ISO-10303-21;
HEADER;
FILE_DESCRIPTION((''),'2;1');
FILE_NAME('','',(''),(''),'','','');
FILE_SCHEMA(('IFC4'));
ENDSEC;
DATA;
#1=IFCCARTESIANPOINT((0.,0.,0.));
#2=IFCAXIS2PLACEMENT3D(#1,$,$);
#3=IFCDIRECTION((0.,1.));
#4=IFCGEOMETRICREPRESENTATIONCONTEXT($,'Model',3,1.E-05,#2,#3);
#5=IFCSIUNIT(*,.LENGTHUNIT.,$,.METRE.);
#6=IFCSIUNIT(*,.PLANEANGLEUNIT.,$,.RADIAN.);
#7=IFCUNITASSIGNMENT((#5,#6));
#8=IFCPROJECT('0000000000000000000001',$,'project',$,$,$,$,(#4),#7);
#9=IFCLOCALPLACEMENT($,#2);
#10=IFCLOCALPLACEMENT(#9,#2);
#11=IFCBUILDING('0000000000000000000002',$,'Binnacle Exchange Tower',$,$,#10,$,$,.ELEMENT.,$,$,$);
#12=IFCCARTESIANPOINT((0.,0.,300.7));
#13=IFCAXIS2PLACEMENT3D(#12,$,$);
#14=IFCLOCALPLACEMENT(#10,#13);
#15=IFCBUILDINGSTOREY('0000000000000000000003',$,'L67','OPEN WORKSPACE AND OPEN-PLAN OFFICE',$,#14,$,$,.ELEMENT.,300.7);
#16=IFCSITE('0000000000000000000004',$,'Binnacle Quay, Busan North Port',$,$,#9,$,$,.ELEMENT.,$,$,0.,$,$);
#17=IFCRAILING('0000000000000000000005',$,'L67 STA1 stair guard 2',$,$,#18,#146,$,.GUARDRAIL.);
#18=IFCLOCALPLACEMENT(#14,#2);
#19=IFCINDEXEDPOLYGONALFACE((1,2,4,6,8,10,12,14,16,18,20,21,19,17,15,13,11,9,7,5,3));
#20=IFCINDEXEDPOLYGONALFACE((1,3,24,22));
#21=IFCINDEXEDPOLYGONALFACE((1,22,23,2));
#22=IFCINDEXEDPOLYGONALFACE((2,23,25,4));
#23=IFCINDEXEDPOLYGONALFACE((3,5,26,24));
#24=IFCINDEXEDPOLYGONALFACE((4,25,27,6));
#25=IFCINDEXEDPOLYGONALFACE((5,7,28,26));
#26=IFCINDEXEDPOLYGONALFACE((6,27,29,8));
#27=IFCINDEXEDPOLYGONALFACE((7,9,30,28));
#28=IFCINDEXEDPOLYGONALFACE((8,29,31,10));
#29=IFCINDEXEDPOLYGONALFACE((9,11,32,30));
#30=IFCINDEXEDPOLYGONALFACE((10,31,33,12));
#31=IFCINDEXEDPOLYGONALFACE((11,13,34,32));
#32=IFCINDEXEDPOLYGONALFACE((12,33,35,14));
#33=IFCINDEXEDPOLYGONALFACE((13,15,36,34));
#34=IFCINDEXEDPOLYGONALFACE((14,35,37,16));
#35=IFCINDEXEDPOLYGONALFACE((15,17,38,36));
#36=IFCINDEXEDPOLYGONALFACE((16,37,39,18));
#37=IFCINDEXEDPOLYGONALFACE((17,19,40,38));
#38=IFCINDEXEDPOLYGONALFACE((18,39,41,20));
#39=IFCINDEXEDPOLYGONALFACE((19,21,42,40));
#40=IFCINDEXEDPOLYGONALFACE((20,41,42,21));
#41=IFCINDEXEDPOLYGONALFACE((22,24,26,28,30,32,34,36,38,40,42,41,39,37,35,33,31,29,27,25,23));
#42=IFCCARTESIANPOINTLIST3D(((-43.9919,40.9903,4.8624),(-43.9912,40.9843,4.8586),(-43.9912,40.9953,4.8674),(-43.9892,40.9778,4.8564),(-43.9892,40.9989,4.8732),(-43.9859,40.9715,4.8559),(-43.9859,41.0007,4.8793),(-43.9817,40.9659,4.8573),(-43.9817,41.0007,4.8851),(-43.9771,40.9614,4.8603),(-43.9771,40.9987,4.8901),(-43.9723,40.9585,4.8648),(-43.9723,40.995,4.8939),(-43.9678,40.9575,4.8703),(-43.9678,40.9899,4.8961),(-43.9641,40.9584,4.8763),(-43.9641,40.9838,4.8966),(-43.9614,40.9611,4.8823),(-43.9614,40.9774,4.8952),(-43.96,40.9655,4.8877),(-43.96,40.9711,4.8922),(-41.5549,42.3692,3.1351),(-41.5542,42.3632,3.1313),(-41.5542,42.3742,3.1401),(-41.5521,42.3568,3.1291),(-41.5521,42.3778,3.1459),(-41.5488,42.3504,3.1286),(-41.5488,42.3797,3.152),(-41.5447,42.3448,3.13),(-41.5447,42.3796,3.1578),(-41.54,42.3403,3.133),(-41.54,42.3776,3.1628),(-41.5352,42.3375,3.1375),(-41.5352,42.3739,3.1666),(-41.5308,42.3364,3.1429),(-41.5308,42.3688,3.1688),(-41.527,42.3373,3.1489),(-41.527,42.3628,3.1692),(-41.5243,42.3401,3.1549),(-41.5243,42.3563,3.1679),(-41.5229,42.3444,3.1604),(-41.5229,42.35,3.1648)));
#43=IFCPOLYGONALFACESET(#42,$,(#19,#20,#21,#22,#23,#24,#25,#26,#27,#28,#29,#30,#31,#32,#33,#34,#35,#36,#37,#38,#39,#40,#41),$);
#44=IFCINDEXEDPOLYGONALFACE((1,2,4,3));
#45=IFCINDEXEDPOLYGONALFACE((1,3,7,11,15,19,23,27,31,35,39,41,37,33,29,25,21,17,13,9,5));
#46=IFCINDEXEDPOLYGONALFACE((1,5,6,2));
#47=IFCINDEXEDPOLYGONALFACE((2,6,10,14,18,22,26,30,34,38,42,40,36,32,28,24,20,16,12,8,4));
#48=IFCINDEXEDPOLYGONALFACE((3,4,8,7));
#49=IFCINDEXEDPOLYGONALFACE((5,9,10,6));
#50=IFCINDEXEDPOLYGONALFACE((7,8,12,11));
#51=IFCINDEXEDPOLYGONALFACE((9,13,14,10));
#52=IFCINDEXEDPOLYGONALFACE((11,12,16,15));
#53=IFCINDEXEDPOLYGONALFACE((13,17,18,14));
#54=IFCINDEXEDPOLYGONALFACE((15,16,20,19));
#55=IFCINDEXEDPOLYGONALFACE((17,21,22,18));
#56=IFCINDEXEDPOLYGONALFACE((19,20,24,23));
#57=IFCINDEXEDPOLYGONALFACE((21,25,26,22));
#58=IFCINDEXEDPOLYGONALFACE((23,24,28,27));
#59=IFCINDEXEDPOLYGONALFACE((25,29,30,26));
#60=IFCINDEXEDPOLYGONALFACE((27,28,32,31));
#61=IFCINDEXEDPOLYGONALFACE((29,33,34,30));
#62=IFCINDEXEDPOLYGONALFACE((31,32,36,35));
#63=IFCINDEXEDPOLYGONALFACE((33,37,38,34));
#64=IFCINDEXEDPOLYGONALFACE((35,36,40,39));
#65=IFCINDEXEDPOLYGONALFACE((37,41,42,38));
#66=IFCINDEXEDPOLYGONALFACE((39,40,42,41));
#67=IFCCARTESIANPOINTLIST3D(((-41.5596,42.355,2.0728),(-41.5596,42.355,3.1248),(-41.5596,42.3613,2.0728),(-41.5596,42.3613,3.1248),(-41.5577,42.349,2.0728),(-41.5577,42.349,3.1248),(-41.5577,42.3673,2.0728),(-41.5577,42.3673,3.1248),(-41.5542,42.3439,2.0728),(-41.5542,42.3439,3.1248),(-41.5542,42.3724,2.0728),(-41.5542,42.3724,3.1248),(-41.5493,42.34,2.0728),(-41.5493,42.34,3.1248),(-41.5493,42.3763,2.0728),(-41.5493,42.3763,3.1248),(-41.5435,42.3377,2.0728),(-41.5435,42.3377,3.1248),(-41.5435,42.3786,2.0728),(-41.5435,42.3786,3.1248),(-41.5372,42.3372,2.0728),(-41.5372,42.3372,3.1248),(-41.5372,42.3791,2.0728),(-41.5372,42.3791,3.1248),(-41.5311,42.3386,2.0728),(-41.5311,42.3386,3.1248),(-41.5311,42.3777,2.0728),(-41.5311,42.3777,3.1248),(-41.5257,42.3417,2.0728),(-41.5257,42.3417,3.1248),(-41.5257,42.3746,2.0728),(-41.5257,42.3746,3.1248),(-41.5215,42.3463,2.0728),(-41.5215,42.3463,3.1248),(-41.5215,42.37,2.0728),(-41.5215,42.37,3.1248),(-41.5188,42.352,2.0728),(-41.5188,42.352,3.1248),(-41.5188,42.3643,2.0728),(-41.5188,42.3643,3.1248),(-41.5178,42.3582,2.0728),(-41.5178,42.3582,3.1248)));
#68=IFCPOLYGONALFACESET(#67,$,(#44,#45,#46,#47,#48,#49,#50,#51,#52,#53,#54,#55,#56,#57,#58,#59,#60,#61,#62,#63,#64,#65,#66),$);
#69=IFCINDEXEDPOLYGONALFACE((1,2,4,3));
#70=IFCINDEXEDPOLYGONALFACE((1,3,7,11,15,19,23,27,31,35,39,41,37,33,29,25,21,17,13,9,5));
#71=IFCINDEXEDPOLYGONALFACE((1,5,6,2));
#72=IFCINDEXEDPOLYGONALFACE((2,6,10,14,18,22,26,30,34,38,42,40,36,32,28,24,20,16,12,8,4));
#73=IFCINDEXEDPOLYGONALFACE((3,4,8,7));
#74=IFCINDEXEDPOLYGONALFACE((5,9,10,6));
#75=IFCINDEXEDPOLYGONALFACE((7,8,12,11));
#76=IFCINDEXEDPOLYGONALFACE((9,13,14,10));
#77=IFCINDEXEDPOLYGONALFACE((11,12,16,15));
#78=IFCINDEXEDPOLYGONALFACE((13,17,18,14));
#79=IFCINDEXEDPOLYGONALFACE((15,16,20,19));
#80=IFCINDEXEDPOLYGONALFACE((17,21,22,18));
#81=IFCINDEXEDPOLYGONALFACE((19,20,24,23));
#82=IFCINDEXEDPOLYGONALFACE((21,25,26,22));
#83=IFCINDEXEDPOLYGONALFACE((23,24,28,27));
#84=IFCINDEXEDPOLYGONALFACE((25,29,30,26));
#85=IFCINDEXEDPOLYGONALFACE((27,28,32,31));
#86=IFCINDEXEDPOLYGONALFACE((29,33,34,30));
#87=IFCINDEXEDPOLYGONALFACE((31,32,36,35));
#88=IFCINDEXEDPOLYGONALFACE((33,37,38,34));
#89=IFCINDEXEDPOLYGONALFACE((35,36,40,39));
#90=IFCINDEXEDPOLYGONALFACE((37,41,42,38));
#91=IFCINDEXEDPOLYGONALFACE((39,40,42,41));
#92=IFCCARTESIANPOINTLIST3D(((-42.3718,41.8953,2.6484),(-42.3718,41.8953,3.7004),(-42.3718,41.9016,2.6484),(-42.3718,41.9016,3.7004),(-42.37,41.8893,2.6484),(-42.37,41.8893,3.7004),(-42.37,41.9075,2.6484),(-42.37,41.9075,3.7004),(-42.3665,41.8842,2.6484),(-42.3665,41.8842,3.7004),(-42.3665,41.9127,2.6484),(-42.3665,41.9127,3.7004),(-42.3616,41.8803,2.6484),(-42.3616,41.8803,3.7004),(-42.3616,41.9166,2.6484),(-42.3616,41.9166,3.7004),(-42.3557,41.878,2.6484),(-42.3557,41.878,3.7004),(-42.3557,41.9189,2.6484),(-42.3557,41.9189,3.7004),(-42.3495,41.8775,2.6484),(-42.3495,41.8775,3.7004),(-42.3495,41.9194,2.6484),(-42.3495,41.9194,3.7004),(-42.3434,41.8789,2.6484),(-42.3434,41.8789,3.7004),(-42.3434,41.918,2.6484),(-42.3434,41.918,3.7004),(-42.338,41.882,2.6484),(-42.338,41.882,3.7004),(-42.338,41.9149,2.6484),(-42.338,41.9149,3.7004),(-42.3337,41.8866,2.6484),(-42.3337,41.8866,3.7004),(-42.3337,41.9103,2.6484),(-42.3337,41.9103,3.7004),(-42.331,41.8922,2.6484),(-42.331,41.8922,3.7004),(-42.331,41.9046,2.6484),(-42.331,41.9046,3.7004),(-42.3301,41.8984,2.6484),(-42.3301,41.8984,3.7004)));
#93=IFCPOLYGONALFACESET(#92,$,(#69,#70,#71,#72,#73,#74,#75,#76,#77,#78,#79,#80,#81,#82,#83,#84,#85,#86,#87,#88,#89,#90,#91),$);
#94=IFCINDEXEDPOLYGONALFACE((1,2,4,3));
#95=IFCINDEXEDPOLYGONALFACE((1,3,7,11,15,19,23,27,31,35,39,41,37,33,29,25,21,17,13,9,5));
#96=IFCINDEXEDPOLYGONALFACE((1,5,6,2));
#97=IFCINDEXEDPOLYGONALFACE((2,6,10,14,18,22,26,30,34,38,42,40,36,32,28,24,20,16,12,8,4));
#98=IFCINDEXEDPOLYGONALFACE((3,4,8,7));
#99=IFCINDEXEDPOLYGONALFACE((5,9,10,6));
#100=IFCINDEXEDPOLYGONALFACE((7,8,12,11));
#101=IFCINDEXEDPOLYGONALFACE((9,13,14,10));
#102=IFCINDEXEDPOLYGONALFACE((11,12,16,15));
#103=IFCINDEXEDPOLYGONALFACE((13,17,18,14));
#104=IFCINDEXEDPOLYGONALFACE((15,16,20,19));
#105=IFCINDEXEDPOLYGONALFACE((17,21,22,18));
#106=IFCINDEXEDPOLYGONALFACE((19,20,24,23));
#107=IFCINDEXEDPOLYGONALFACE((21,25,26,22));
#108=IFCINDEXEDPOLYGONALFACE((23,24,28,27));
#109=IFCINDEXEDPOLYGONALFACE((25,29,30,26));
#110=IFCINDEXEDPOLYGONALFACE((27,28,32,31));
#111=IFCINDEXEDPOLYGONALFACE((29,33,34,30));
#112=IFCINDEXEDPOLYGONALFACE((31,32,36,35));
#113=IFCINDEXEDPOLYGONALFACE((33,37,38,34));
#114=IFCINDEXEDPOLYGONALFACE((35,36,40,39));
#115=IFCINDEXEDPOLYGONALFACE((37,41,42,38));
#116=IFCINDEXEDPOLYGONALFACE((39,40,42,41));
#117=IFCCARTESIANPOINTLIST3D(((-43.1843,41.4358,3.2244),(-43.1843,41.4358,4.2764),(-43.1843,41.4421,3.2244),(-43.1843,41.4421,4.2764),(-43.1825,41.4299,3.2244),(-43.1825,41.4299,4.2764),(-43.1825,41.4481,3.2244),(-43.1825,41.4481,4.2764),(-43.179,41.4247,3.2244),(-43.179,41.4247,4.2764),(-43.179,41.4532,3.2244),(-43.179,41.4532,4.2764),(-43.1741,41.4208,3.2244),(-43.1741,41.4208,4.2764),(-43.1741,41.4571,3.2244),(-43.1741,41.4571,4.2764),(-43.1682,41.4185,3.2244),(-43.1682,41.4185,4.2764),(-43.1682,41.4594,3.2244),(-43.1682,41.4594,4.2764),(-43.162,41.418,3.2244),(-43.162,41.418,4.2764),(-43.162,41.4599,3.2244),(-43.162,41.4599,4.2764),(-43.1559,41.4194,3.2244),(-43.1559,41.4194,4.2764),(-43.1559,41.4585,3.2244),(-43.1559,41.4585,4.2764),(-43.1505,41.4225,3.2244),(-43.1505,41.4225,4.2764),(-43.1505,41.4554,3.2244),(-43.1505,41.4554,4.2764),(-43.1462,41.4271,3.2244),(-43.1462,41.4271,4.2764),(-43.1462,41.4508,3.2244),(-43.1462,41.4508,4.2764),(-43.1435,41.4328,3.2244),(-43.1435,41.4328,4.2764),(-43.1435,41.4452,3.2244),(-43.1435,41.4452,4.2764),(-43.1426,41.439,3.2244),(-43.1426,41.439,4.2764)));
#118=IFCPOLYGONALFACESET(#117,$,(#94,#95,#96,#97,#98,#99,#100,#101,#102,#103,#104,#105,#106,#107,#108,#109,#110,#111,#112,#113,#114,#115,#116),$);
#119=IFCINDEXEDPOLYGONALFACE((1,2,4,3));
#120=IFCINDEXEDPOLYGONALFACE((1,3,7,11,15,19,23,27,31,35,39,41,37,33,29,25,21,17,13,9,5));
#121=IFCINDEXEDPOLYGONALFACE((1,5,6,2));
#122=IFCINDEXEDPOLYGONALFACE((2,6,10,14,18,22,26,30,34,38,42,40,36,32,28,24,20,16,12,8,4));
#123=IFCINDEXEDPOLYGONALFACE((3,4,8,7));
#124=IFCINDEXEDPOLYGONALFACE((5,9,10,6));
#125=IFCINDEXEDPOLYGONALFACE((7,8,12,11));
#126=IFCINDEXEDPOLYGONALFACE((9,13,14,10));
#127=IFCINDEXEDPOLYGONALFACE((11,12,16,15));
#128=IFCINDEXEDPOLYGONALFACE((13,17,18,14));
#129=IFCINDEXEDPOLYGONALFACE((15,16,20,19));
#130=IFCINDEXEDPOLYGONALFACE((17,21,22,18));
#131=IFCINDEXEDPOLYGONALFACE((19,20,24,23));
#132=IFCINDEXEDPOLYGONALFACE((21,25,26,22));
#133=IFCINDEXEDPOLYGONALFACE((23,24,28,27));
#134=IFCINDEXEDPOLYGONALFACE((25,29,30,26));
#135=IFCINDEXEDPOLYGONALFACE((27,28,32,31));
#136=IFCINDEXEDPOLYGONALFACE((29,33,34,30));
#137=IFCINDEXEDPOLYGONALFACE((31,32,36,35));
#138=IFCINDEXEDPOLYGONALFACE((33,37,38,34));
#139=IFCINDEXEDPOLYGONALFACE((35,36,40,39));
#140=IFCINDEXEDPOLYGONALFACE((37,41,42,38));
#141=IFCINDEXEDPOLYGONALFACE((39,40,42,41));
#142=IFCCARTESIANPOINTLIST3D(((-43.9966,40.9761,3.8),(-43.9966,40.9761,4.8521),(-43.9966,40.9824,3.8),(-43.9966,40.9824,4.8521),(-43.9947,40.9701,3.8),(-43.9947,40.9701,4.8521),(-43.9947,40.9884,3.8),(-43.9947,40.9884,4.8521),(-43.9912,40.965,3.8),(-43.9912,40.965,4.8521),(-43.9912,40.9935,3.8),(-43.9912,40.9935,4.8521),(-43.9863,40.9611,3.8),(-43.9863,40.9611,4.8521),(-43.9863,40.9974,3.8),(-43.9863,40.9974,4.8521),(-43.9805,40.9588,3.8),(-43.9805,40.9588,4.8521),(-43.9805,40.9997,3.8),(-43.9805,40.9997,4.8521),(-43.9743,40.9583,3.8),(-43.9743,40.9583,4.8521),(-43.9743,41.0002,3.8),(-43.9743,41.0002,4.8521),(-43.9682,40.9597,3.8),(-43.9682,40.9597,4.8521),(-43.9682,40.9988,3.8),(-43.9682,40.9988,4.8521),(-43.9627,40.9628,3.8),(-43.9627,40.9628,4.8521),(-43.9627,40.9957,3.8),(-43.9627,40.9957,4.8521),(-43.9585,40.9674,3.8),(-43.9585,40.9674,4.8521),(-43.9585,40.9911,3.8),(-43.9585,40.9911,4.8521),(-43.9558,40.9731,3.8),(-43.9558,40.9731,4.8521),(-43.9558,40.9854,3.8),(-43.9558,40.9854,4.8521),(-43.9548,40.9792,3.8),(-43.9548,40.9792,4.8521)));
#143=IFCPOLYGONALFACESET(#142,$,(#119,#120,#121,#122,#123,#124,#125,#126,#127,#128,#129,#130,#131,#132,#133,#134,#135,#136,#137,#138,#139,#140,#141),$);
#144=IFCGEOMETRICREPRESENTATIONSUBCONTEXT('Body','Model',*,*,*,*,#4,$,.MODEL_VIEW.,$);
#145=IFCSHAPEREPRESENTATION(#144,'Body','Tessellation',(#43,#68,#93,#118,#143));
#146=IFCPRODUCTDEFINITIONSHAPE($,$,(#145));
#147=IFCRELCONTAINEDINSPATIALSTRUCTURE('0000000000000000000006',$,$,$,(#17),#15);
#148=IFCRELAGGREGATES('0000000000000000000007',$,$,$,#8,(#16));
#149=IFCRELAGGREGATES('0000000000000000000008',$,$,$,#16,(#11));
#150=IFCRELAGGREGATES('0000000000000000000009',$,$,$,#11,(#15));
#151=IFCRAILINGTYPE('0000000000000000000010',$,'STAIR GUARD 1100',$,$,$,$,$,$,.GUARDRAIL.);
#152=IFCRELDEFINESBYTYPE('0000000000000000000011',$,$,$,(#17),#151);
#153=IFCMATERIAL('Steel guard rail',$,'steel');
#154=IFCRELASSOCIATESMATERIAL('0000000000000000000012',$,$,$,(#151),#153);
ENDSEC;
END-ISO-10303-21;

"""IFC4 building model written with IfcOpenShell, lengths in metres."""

from ifc_helpers import new_model, si_unit, direction, frame, origin, origin_2d, place, context, subcontext, project, spatial, circle, extrude, material, type_object, element, save


model = new_model("IFC4")

# Units and contexts
model_context = context("Model", 3, precision=1e-05, world=origin(), true_north=direction((0.0, 1.0)))
body_context = subcontext(model_context, "Body", "Model", "MODEL_VIEW")
ifc_project = project(units=[si_unit("LENGTHUNIT", "METRE"), si_unit("PLANEANGLEUNIT", "RADIAN")], contexts=[model_context])

# Site, building, storey
site_placement = place(None, origin())
site = spatial("IfcSite", under=ifc_project, at=site_placement, Name="Binnacle Quay, Busan North Port", CompositionType="ELEMENT", RefElevation=0.0)
building_placement = place(site_placement, origin())
building = spatial("IfcBuilding", under=site, at=building_placement, Name="Binnacle Exchange Tower", CompositionType="ELEMENT")
storey_placement = place(building_placement, frame((0.0, 0.0, 300.7)))
storey = spatial("IfcBuildingStorey", under=building, at=storey_placement, Name="L67", Description="OPEN WORKSPACE AND OPEN-PLAN OFFICE", CompositionType="ELEMENT", Elevation=300.7)

# Railing
ifc_material_1 = material(Name="Steel guard rail", Category="steel")
railing_type = type_object("IfcRailingType", Name="STAIR GUARD 1100", PredefinedType="GUARDRAIL", material=ifc_material_1)
railing_1_placement = place(storey_placement, frame((-41.5388, 42.3582, 2.0728)))
element("IfcRailing", 1, at=railing_1_placement, inside=storey, type_object=railing_type, Name="L67 STA1 stair guard 2", PredefinedType="GUARDRAIL", context=body_context, shape_type="SweptSolid", body=[
    extrude(circle(Radius=0.0239, at=origin_2d()), frame((0.0, 0.0, 1.0762), z_axis=(-0.740738, -0.419123, 0.525017), x_axis=(0.492454, -0.870339, 0.0)), (0.0, 0.0, 1.0), 3.29),
    extrude(circle(Radius=0.021, at=origin_2d()), origin(), (0.0, 0.0, 1.0), 1.052),
    extrude(circle(Radius=0.021, at=origin_2d()), frame((-0.8123, -0.4597, 0.5757)), (0.0, 0.0, 1.0), 1.052),
    extrude(circle(Radius=0.021, at=origin_2d()), frame((-1.6248, -0.9192, 1.1516)), (0.0, 0.0, 1.0), 1.052),
    extrude(circle(Radius=0.021, at=origin_2d()), frame((-2.437, -1.3789, 1.7273)), (0.0, 0.0, 1.0), 1.052),
])

save(model, "model.ifc")
